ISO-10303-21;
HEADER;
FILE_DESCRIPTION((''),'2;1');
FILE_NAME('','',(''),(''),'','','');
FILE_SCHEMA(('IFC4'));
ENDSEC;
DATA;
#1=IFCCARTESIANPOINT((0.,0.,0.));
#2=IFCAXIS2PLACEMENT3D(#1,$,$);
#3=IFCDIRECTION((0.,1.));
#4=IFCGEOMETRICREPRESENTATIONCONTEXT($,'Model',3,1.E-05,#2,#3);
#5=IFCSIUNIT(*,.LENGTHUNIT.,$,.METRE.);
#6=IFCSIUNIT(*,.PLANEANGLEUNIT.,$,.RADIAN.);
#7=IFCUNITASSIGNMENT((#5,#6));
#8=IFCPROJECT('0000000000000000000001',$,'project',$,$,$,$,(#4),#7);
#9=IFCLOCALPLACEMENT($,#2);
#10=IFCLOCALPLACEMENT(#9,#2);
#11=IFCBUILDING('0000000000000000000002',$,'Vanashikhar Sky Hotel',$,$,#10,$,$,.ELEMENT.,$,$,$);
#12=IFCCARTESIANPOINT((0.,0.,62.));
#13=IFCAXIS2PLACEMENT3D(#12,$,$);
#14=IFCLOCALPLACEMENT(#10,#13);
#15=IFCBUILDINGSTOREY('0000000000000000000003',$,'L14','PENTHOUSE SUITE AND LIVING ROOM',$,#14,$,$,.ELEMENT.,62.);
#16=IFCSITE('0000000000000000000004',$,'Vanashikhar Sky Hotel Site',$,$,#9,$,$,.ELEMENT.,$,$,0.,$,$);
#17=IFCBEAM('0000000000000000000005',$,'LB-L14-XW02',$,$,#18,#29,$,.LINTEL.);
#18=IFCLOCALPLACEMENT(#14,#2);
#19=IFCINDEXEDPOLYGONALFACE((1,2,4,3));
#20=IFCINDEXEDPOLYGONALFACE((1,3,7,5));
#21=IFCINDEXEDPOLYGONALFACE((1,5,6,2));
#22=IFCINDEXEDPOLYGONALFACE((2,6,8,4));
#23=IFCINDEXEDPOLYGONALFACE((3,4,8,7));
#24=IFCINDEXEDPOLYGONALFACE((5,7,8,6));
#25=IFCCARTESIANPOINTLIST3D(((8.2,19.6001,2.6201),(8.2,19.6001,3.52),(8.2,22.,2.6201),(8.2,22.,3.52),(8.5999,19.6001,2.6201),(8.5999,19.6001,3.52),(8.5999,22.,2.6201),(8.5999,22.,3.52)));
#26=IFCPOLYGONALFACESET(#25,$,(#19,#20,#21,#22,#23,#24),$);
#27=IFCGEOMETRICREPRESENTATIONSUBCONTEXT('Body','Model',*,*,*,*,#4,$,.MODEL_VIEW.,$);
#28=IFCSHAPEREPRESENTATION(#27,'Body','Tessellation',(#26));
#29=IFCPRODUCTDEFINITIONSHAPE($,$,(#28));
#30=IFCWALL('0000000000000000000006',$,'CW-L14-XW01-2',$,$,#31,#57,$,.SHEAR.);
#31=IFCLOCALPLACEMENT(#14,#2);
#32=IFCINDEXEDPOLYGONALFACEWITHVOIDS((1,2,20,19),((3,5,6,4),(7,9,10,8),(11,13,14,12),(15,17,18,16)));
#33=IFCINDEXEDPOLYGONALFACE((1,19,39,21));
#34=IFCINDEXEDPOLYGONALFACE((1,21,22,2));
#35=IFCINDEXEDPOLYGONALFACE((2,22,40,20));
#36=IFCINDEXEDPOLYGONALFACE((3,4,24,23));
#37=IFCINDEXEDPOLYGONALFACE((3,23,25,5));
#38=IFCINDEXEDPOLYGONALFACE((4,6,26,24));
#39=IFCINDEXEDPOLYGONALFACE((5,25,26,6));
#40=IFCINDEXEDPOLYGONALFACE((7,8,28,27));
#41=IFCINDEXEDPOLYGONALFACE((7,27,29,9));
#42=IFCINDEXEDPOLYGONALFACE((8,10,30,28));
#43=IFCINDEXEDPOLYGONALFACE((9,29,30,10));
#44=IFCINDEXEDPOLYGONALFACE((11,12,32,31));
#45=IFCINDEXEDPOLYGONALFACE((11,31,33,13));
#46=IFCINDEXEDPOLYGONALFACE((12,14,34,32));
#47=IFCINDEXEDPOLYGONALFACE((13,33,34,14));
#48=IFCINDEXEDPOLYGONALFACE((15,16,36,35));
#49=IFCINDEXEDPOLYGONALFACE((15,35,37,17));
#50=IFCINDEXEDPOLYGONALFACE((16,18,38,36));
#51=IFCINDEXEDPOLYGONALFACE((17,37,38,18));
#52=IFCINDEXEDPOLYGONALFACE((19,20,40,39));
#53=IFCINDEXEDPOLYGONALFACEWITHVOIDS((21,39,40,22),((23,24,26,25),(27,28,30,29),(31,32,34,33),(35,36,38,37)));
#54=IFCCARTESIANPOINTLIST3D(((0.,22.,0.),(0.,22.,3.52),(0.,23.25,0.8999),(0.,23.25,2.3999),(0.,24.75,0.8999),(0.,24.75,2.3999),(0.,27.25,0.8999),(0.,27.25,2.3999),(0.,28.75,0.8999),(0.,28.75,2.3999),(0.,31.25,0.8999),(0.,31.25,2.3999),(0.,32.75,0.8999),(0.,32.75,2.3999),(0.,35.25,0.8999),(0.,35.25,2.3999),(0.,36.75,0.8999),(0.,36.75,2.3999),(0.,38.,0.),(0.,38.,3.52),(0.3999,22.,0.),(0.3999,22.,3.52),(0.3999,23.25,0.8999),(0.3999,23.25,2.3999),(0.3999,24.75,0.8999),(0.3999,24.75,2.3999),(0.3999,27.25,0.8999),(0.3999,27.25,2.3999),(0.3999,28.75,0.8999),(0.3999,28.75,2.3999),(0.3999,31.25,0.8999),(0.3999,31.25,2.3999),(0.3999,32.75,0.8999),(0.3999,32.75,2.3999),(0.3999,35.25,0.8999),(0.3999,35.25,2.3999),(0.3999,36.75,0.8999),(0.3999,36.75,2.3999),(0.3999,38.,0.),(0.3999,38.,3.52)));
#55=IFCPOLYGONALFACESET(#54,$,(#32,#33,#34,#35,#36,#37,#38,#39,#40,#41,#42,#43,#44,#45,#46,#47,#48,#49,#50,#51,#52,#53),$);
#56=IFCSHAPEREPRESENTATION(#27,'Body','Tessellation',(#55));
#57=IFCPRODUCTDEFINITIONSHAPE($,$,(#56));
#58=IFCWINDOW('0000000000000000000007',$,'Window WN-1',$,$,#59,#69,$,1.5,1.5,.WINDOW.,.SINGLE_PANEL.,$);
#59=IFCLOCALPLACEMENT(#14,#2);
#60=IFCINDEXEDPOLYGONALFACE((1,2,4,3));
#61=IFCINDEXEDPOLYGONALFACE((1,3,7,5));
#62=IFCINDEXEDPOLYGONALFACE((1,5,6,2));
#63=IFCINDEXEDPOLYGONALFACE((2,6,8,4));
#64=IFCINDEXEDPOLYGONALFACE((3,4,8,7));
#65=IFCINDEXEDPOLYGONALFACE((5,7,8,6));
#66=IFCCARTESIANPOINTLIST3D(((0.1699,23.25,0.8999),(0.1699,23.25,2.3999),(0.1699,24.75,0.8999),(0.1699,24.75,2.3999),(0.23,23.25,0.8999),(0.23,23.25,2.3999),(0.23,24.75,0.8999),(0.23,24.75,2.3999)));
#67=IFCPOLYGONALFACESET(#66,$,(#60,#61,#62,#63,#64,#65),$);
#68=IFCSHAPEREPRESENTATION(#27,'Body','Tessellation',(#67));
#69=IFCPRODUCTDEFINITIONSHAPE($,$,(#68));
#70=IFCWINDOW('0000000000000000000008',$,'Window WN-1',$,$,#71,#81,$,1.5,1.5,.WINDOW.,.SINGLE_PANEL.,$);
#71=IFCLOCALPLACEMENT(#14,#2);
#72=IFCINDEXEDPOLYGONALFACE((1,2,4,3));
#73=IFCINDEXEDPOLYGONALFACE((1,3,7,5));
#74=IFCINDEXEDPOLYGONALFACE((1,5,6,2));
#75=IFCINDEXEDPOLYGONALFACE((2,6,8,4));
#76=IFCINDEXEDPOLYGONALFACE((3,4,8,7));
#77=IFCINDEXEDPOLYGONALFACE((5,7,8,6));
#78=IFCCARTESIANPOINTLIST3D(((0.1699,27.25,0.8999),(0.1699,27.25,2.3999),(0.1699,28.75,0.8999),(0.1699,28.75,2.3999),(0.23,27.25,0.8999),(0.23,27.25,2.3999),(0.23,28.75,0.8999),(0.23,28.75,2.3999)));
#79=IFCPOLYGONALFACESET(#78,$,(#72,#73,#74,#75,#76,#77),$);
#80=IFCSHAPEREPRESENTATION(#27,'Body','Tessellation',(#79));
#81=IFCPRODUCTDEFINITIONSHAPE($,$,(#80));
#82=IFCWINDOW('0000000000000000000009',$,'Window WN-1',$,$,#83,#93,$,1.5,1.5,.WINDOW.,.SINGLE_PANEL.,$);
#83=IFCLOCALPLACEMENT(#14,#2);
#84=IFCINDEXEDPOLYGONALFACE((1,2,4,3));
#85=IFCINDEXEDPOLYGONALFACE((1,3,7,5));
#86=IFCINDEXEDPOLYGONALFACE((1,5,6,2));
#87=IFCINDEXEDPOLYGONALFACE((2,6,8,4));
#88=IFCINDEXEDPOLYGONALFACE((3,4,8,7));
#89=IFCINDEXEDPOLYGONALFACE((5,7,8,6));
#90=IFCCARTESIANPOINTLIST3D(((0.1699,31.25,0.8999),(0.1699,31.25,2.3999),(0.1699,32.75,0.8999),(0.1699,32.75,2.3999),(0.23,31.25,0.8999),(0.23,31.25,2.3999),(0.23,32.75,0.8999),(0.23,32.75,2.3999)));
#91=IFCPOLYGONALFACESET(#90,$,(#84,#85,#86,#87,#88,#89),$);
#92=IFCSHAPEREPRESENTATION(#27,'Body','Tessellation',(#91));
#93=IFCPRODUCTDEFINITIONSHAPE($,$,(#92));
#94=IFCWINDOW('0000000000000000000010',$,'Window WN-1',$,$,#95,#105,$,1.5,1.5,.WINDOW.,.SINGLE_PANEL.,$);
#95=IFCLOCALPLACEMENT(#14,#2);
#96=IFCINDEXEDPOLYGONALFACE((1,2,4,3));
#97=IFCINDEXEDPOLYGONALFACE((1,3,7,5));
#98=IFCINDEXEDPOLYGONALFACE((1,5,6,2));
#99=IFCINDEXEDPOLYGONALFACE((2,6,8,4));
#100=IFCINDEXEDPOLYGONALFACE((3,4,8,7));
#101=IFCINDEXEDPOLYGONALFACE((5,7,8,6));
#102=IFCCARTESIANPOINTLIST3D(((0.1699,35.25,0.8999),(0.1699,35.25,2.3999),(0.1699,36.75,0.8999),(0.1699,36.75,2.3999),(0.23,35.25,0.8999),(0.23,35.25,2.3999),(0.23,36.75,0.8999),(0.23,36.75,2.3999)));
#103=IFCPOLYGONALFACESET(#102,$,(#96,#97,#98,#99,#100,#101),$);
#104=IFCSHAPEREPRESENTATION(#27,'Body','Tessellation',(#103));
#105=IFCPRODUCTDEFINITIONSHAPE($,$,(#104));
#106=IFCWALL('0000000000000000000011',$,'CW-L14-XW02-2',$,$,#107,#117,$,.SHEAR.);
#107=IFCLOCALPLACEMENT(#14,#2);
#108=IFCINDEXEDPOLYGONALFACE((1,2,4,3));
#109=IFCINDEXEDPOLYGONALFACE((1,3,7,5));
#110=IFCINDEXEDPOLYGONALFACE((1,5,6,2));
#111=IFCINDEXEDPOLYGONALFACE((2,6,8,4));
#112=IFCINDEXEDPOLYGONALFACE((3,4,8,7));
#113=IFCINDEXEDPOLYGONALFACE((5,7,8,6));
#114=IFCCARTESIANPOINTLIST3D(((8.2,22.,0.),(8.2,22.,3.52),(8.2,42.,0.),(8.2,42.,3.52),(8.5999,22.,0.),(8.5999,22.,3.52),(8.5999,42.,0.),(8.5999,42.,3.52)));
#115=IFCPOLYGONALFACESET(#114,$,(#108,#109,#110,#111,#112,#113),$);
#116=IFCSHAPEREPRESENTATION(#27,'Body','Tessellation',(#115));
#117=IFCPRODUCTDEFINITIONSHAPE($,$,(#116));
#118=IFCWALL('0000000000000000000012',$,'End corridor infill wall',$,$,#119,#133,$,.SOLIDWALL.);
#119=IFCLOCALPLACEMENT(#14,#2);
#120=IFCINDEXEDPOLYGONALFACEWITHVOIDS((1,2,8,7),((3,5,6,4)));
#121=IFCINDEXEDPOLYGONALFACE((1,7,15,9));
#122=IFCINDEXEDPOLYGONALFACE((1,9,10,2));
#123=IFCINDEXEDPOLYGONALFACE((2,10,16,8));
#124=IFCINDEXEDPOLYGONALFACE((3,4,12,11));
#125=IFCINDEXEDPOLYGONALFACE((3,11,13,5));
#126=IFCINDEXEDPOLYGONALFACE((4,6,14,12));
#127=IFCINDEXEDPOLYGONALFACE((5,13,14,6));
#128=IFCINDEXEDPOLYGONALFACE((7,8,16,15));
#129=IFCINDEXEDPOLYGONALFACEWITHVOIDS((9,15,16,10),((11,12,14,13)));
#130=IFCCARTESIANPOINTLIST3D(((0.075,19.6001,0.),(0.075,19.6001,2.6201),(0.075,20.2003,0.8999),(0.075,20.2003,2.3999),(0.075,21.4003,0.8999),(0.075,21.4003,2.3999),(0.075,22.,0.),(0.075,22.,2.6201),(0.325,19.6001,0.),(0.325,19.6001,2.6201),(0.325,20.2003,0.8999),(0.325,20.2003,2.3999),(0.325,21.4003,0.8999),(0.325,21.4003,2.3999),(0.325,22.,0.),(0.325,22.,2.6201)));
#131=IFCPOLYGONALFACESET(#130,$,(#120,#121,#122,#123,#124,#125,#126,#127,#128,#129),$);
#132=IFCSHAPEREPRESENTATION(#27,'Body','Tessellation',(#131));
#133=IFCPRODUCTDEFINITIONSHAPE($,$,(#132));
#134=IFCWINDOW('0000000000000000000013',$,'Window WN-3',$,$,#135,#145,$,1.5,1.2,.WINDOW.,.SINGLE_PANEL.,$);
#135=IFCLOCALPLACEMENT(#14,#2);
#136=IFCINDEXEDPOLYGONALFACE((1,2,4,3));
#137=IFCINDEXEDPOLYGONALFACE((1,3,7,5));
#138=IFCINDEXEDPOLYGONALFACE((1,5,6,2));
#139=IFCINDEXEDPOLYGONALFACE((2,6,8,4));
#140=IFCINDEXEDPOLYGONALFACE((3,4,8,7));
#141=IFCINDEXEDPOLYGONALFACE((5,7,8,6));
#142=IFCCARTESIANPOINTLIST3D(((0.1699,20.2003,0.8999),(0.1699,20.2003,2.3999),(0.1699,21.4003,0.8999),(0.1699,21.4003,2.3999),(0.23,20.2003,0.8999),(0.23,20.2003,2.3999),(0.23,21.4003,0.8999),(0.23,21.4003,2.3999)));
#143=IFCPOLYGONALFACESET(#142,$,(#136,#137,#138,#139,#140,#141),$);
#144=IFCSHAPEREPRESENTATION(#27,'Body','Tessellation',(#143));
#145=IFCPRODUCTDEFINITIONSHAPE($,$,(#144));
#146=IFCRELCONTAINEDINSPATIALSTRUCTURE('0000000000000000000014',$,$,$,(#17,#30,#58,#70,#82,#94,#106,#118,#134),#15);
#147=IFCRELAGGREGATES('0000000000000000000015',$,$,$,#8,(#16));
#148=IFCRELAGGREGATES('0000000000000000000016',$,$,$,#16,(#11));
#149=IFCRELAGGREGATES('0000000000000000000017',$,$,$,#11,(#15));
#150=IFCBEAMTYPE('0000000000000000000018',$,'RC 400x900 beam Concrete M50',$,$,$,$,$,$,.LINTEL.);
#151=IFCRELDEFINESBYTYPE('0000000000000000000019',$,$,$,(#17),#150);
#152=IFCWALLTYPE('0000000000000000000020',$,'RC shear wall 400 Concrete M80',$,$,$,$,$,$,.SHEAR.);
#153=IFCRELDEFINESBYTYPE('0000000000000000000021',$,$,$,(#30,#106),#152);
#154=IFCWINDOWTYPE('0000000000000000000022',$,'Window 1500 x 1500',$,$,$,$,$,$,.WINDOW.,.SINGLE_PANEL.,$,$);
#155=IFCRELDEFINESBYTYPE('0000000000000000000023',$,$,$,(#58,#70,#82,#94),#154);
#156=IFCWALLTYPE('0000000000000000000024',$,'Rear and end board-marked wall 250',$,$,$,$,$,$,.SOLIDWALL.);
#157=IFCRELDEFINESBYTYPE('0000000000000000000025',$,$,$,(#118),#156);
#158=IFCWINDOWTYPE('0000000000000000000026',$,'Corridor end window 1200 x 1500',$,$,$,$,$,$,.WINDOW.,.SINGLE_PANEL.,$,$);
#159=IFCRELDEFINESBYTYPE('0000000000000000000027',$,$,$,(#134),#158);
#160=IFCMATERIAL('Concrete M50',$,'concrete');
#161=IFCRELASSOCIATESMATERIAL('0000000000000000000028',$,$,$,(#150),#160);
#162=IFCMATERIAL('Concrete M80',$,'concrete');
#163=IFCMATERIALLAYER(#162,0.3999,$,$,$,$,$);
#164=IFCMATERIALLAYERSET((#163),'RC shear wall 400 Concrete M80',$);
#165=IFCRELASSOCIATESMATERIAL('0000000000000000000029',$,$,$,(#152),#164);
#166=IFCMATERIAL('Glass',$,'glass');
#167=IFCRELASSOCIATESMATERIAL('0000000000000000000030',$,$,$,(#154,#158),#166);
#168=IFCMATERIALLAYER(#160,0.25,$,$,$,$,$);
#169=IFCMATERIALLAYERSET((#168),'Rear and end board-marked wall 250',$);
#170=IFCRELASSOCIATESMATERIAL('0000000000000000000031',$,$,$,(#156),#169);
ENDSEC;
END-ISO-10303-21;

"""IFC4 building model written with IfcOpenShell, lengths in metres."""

from ifc_helpers import new_model, si_unit, direction, frame, frame_2d, origin, origin_2d, place, context, subcontext, project, spatial, rectangle, extrude, source, transform, mapped, material, layer, layer_set, material_profile, profile_set, type_object, element, fill, save


model = new_model("IFC4")

# Units and contexts
model_context = context("Model", 3, precision=1e-05, world=origin(), true_north=direction((0.0, 1.0)))
body_context = subcontext(model_context, "Body", "Model", "MODEL_VIEW")
ifc_project = project(units=[si_unit("LENGTHUNIT", "METRE"), si_unit("PLANEANGLEUNIT", "RADIAN")], contexts=[model_context])

# Site, building, storey
site_placement = place(None, origin())
site = spatial("IfcSite", under=ifc_project, at=site_placement, Name="Vanashikhar Sky Hotel Site", CompositionType="ELEMENT", RefElevation=0.0)
building_placement = place(site_placement, origin())
building = spatial("IfcBuilding", under=site, at=building_placement, Name="Vanashikhar Sky Hotel", CompositionType="ELEMENT")
storey_placement = place(building_placement, frame((0.0, 0.0, 62.0)))
storey = spatial("IfcBuildingStorey", under=building, at=storey_placement, Name="L14", Description="PENTHOUSE SUITE AND LIVING ROOM", CompositionType="ELEMENT", Elevation=62.0)

# Beam
ifc_material_1 = material(Name="Concrete M50", Category="concrete")
ifc_material_profile = material_profile(ifc_material_1, rectangle(XDim=0.3999, YDim=0.8999, at=origin_2d()))
ifc_profile_set = profile_set([ifc_material_profile], Name="RC 400x900 beam Concrete M50")
beam_type = type_object("IfcBeamType", Name="RC 400x900 beam Concrete M50", PredefinedType="LINTEL", material=ifc_profile_set)
shared_shape_1 = source(origin(), body_context, "Body", "SweptSolid", [
    extrude(rectangle(XDim=0.3999, YDim=0.8999, at=origin_2d()), origin(), (0.0, 0.0, 1.0), 2.3999),
])
beam_placement = place(storey_placement, frame((8.3999, 19.6001, 3.0701), z_axis=(0.0, 1.0, 0.0), x_axis=(-1.0, 0.0, 0.0)))
element("IfcBeam", 1, at=beam_placement, inside=storey, type_object=beam_type, Name="LB-L14-XW02", PredefinedType="LINTEL", context=body_context, shape_type="MappedRepresentation", body=[
    mapped(shared_shape_1, transform((0.0, 0.0, 0.0), scale=1.0)),
])

# Wall, openings, windows
ifc_material_2 = material(Name="Concrete M80", Category="concrete")
ifc_layer_1 = layer(ifc_material_2, 0.3999)
ifc_layer_set_1 = layer_set([ifc_layer_1], Name="RC shear wall 400 Concrete M80")
wall_type_1 = type_object("IfcWallType", Name="RC shear wall 400 Concrete M80", PredefinedType="SHEAR", material=ifc_layer_set_1)
shared_shape_2 = source(origin(), body_context, "Body", "SweptSolid", [
    extrude(rectangle(XDim=16.0, YDim=0.3999, at=frame_2d((8.0, 0.0))), origin(), (0.0, 0.0, 1.0), 3.52),
])
wall_1_placement = place(storey_placement, frame((0.2, 22.0, 0.0), z_axis=(0.0, 0.0, 1.0), x_axis=(0.0, 1.0, 0.0)))
wall_1 = element("IfcWall", 2, at=wall_1_placement, inside=storey, type_object=wall_type_1, Name="CW-L14-XW01-2", PredefinedType="SHEAR", context=body_context, shape_type="MappedRepresentation", body=[
    mapped(shared_shape_2, transform((0.0, 0.0, 0.0), scale=1.0)),
])
shared_shape_3 = source(origin(), body_context, "Body", "SweptSolid", [
    extrude(rectangle(XDim=1.5, YDim=1.5, at=frame_2d((0.75, 0.75))), frame((0.0, 0.21, 0.0), z_axis=(0.0, -1.0, 0.0), x_axis=(1.0, 0.0, 0.0)), (0.0, 0.0, 1.0), 0.4199),
])
opening_1_placement = place(wall_1_placement, frame((1.25, 0.0, 0.8999)))
opening_1 = element("IfcOpeningElement", 3, at=opening_1_placement, cuts=wall_1, PredefinedType="OPENING", context=body_context, shape_type="MappedRepresentation", body=[
    mapped(shared_shape_3, transform((0.0, 0.0, 0.0), scale=1.0)),
])
opening_2_placement = place(wall_1_placement, frame((5.25, 0.0, 0.8999)))
opening_2 = element("IfcOpeningElement", 4, at=opening_2_placement, cuts=wall_1, PredefinedType="OPENING", context=body_context, shape_type="MappedRepresentation", body=[
    mapped(shared_shape_3, transform((0.0, 0.0, 0.0), scale=1.0)),
])
opening_3_placement = place(wall_1_placement, frame((9.25, 0.0, 0.8999)))
opening_3 = element("IfcOpeningElement", 5, at=opening_3_placement, cuts=wall_1, PredefinedType="OPENING", context=body_context, shape_type="MappedRepresentation", body=[
    mapped(shared_shape_3, transform((0.0, 0.0, 0.0), scale=1.0)),
])
opening_4_placement = place(wall_1_placement, frame((13.25, 0.0, 0.8999)))
opening_4 = element("IfcOpeningElement", 6, at=opening_4_placement, cuts=wall_1, PredefinedType="OPENING", context=body_context, shape_type="MappedRepresentation", body=[
    mapped(shared_shape_3, transform((0.0, 0.0, 0.0), scale=1.0)),
])
ifc_material_3 = material(Name="Glass", Category="glass")
window_type_1 = type_object("IfcWindowType", Name="Window 1500 x 1500", PartitioningType="SINGLE_PANEL", PredefinedType="WINDOW", material=ifc_material_3)
shared_shape_4 = source(origin(), body_context, "Body", "SweptSolid", [
    extrude(rectangle(XDim=1.5, YDim=1.5, at=frame_2d((0.75, 0.75))), frame((0.0, 0.03, 0.0), z_axis=(0.0, -1.0, 0.0), x_axis=(1.0, 0.0, 0.0)), (0.0, 0.0, 1.0), 0.0601),
])
window_1_placement = place(opening_1_placement, origin())
window_1 = element("IfcWindow", 7, at=window_1_placement, inside=storey, type_object=window_type_1, Name="Window WN-1", OverallHeight=1.5, OverallWidth=1.5, PartitioningType="SINGLE_PANEL", PredefinedType="WINDOW", context=body_context, shape_type="MappedRepresentation", body=[
    mapped(shared_shape_4, transform((0.0, 0.0, 0.0), scale=1.0)),
])
fill(opening_1, window_1)
window_2_placement = place(opening_2_placement, origin())
window_2 = element("IfcWindow", 8, at=window_2_placement, inside=storey, type_object=window_type_1, Name="Window WN-1", OverallHeight=1.5, OverallWidth=1.5, PartitioningType="SINGLE_PANEL", PredefinedType="WINDOW", context=body_context, shape_type="MappedRepresentation", body=[
    mapped(shared_shape_4, transform((0.0, 0.0, 0.0), scale=1.0)),
])
fill(opening_2, window_2)
window_3_placement = place(opening_3_placement, origin())
window_3 = element("IfcWindow", 9, at=window_3_placement, inside=storey, type_object=window_type_1, Name="Window WN-1", OverallHeight=1.5, OverallWidth=1.5, PartitioningType="SINGLE_PANEL", PredefinedType="WINDOW", context=body_context, shape_type="MappedRepresentation", body=[
    mapped(shared_shape_4, transform((0.0, 0.0, 0.0), scale=1.0)),
])
fill(opening_3, window_3)
window_4_placement = place(opening_4_placement, origin())
window_4 = element("IfcWindow", 10, at=window_4_placement, inside=storey, type_object=window_type_1, Name="Window WN-1", OverallHeight=1.5, OverallWidth=1.5, PartitioningType="SINGLE_PANEL", PredefinedType="WINDOW", context=body_context, shape_type="MappedRepresentation", body=[
    mapped(shared_shape_4, transform((0.0, 0.0, 0.0), scale=1.0)),
])
fill(opening_4, window_4)

# Wall
shared_shape_5 = source(origin(), body_context, "Body", "SweptSolid", [
    extrude(rectangle(XDim=20.0, YDim=0.3999, at=frame_2d((10.0, 0.0))), origin(), (0.0, 0.0, 1.0), 3.52),
])
wall_2_placement = place(storey_placement, frame((8.3999, 22.0, 0.0), z_axis=(0.0, 0.0, 1.0), x_axis=(0.0, 1.0, 0.0)))
element("IfcWall", 11, at=wall_2_placement, inside=storey, type_object=wall_type_1, Name="CW-L14-XW02-2", PredefinedType="SHEAR", context=body_context, shape_type="MappedRepresentation", body=[
    mapped(shared_shape_5, transform((0.0, 0.0, 0.0), scale=1.0)),
])

# Wall, opening, window
ifc_layer_2 = layer(ifc_material_1, 0.25)
ifc_layer_set_2 = layer_set([ifc_layer_2], Name="Rear and end board-marked wall 250")
wall_type_2 = type_object("IfcWallType", Name="Rear and end board-marked wall 250", PredefinedType="SOLIDWALL", material=ifc_layer_set_2)
shared_shape_6 = source(origin(), body_context, "Body", "SweptSolid", [
    extrude(rectangle(XDim=2.3999, YDim=0.25, at=frame_2d((1.2, 0.0))), origin(), (0.0, 0.0, 1.0), 2.6201),
])
wall_3_placement = place(storey_placement, frame((0.2, 19.6001, 0.0), z_axis=(0.0, 0.0, 1.0), x_axis=(0.0, 1.0, 0.0)))
wall_3 = element("IfcWall", 12, at=wall_3_placement, inside=storey, type_object=wall_type_2, Name="End corridor infill wall", PredefinedType="SOLIDWALL", context=body_context, shape_type="MappedRepresentation", body=[
    mapped(shared_shape_6, transform((0.0, 0.0, 0.0), scale=1.0)),
])
shared_shape_7 = source(origin(), body_context, "Body", "SweptSolid", [
    extrude(rectangle(XDim=1.2, YDim=1.5, at=frame_2d((0.6001, 0.75))), frame((0.0, 0.135, 0.0), z_axis=(0.0, -1.0, 0.0), x_axis=(1.0, 0.0, 0.0)), (0.0, 0.0, 1.0), 0.27),
])
opening_5_placement = place(wall_3_placement, frame((0.6001, 0.0, 0.8999)))
opening_5 = element("IfcOpeningElement", 13, at=opening_5_placement, cuts=wall_3, PredefinedType="OPENING", context=body_context, shape_type="MappedRepresentation", body=[
    mapped(shared_shape_7, transform((0.0, 0.0, 0.0), scale=1.0)),
])
window_type_2 = type_object("IfcWindowType", Name="Corridor end window 1200 x 1500", PartitioningType="SINGLE_PANEL", PredefinedType="WINDOW", material=ifc_material_3)
shared_shape_8 = source(origin(), body_context, "Body", "SweptSolid", [
    extrude(rectangle(XDim=1.2, YDim=1.5, at=frame_2d((0.6001, 0.75))), frame((0.0, 0.03, 0.0), z_axis=(0.0, -1.0, 0.0), x_axis=(1.0, 0.0, 0.0)), (0.0, 0.0, 1.0), 0.0601),
])
window_5_placement = place(opening_5_placement, origin())
window_5 = element("IfcWindow", 14, at=window_5_placement, inside=storey, type_object=window_type_2, Name="Window WN-3", OverallHeight=1.5, OverallWidth=1.2, PartitioningType="SINGLE_PANEL", PredefinedType="WINDOW", context=body_context, shape_type="MappedRepresentation", body=[
    mapped(shared_shape_8, transform((0.0, 0.0, 0.0), scale=1.0)),
])
fill(opening_5, window_5)

save(model, "model.ifc")
